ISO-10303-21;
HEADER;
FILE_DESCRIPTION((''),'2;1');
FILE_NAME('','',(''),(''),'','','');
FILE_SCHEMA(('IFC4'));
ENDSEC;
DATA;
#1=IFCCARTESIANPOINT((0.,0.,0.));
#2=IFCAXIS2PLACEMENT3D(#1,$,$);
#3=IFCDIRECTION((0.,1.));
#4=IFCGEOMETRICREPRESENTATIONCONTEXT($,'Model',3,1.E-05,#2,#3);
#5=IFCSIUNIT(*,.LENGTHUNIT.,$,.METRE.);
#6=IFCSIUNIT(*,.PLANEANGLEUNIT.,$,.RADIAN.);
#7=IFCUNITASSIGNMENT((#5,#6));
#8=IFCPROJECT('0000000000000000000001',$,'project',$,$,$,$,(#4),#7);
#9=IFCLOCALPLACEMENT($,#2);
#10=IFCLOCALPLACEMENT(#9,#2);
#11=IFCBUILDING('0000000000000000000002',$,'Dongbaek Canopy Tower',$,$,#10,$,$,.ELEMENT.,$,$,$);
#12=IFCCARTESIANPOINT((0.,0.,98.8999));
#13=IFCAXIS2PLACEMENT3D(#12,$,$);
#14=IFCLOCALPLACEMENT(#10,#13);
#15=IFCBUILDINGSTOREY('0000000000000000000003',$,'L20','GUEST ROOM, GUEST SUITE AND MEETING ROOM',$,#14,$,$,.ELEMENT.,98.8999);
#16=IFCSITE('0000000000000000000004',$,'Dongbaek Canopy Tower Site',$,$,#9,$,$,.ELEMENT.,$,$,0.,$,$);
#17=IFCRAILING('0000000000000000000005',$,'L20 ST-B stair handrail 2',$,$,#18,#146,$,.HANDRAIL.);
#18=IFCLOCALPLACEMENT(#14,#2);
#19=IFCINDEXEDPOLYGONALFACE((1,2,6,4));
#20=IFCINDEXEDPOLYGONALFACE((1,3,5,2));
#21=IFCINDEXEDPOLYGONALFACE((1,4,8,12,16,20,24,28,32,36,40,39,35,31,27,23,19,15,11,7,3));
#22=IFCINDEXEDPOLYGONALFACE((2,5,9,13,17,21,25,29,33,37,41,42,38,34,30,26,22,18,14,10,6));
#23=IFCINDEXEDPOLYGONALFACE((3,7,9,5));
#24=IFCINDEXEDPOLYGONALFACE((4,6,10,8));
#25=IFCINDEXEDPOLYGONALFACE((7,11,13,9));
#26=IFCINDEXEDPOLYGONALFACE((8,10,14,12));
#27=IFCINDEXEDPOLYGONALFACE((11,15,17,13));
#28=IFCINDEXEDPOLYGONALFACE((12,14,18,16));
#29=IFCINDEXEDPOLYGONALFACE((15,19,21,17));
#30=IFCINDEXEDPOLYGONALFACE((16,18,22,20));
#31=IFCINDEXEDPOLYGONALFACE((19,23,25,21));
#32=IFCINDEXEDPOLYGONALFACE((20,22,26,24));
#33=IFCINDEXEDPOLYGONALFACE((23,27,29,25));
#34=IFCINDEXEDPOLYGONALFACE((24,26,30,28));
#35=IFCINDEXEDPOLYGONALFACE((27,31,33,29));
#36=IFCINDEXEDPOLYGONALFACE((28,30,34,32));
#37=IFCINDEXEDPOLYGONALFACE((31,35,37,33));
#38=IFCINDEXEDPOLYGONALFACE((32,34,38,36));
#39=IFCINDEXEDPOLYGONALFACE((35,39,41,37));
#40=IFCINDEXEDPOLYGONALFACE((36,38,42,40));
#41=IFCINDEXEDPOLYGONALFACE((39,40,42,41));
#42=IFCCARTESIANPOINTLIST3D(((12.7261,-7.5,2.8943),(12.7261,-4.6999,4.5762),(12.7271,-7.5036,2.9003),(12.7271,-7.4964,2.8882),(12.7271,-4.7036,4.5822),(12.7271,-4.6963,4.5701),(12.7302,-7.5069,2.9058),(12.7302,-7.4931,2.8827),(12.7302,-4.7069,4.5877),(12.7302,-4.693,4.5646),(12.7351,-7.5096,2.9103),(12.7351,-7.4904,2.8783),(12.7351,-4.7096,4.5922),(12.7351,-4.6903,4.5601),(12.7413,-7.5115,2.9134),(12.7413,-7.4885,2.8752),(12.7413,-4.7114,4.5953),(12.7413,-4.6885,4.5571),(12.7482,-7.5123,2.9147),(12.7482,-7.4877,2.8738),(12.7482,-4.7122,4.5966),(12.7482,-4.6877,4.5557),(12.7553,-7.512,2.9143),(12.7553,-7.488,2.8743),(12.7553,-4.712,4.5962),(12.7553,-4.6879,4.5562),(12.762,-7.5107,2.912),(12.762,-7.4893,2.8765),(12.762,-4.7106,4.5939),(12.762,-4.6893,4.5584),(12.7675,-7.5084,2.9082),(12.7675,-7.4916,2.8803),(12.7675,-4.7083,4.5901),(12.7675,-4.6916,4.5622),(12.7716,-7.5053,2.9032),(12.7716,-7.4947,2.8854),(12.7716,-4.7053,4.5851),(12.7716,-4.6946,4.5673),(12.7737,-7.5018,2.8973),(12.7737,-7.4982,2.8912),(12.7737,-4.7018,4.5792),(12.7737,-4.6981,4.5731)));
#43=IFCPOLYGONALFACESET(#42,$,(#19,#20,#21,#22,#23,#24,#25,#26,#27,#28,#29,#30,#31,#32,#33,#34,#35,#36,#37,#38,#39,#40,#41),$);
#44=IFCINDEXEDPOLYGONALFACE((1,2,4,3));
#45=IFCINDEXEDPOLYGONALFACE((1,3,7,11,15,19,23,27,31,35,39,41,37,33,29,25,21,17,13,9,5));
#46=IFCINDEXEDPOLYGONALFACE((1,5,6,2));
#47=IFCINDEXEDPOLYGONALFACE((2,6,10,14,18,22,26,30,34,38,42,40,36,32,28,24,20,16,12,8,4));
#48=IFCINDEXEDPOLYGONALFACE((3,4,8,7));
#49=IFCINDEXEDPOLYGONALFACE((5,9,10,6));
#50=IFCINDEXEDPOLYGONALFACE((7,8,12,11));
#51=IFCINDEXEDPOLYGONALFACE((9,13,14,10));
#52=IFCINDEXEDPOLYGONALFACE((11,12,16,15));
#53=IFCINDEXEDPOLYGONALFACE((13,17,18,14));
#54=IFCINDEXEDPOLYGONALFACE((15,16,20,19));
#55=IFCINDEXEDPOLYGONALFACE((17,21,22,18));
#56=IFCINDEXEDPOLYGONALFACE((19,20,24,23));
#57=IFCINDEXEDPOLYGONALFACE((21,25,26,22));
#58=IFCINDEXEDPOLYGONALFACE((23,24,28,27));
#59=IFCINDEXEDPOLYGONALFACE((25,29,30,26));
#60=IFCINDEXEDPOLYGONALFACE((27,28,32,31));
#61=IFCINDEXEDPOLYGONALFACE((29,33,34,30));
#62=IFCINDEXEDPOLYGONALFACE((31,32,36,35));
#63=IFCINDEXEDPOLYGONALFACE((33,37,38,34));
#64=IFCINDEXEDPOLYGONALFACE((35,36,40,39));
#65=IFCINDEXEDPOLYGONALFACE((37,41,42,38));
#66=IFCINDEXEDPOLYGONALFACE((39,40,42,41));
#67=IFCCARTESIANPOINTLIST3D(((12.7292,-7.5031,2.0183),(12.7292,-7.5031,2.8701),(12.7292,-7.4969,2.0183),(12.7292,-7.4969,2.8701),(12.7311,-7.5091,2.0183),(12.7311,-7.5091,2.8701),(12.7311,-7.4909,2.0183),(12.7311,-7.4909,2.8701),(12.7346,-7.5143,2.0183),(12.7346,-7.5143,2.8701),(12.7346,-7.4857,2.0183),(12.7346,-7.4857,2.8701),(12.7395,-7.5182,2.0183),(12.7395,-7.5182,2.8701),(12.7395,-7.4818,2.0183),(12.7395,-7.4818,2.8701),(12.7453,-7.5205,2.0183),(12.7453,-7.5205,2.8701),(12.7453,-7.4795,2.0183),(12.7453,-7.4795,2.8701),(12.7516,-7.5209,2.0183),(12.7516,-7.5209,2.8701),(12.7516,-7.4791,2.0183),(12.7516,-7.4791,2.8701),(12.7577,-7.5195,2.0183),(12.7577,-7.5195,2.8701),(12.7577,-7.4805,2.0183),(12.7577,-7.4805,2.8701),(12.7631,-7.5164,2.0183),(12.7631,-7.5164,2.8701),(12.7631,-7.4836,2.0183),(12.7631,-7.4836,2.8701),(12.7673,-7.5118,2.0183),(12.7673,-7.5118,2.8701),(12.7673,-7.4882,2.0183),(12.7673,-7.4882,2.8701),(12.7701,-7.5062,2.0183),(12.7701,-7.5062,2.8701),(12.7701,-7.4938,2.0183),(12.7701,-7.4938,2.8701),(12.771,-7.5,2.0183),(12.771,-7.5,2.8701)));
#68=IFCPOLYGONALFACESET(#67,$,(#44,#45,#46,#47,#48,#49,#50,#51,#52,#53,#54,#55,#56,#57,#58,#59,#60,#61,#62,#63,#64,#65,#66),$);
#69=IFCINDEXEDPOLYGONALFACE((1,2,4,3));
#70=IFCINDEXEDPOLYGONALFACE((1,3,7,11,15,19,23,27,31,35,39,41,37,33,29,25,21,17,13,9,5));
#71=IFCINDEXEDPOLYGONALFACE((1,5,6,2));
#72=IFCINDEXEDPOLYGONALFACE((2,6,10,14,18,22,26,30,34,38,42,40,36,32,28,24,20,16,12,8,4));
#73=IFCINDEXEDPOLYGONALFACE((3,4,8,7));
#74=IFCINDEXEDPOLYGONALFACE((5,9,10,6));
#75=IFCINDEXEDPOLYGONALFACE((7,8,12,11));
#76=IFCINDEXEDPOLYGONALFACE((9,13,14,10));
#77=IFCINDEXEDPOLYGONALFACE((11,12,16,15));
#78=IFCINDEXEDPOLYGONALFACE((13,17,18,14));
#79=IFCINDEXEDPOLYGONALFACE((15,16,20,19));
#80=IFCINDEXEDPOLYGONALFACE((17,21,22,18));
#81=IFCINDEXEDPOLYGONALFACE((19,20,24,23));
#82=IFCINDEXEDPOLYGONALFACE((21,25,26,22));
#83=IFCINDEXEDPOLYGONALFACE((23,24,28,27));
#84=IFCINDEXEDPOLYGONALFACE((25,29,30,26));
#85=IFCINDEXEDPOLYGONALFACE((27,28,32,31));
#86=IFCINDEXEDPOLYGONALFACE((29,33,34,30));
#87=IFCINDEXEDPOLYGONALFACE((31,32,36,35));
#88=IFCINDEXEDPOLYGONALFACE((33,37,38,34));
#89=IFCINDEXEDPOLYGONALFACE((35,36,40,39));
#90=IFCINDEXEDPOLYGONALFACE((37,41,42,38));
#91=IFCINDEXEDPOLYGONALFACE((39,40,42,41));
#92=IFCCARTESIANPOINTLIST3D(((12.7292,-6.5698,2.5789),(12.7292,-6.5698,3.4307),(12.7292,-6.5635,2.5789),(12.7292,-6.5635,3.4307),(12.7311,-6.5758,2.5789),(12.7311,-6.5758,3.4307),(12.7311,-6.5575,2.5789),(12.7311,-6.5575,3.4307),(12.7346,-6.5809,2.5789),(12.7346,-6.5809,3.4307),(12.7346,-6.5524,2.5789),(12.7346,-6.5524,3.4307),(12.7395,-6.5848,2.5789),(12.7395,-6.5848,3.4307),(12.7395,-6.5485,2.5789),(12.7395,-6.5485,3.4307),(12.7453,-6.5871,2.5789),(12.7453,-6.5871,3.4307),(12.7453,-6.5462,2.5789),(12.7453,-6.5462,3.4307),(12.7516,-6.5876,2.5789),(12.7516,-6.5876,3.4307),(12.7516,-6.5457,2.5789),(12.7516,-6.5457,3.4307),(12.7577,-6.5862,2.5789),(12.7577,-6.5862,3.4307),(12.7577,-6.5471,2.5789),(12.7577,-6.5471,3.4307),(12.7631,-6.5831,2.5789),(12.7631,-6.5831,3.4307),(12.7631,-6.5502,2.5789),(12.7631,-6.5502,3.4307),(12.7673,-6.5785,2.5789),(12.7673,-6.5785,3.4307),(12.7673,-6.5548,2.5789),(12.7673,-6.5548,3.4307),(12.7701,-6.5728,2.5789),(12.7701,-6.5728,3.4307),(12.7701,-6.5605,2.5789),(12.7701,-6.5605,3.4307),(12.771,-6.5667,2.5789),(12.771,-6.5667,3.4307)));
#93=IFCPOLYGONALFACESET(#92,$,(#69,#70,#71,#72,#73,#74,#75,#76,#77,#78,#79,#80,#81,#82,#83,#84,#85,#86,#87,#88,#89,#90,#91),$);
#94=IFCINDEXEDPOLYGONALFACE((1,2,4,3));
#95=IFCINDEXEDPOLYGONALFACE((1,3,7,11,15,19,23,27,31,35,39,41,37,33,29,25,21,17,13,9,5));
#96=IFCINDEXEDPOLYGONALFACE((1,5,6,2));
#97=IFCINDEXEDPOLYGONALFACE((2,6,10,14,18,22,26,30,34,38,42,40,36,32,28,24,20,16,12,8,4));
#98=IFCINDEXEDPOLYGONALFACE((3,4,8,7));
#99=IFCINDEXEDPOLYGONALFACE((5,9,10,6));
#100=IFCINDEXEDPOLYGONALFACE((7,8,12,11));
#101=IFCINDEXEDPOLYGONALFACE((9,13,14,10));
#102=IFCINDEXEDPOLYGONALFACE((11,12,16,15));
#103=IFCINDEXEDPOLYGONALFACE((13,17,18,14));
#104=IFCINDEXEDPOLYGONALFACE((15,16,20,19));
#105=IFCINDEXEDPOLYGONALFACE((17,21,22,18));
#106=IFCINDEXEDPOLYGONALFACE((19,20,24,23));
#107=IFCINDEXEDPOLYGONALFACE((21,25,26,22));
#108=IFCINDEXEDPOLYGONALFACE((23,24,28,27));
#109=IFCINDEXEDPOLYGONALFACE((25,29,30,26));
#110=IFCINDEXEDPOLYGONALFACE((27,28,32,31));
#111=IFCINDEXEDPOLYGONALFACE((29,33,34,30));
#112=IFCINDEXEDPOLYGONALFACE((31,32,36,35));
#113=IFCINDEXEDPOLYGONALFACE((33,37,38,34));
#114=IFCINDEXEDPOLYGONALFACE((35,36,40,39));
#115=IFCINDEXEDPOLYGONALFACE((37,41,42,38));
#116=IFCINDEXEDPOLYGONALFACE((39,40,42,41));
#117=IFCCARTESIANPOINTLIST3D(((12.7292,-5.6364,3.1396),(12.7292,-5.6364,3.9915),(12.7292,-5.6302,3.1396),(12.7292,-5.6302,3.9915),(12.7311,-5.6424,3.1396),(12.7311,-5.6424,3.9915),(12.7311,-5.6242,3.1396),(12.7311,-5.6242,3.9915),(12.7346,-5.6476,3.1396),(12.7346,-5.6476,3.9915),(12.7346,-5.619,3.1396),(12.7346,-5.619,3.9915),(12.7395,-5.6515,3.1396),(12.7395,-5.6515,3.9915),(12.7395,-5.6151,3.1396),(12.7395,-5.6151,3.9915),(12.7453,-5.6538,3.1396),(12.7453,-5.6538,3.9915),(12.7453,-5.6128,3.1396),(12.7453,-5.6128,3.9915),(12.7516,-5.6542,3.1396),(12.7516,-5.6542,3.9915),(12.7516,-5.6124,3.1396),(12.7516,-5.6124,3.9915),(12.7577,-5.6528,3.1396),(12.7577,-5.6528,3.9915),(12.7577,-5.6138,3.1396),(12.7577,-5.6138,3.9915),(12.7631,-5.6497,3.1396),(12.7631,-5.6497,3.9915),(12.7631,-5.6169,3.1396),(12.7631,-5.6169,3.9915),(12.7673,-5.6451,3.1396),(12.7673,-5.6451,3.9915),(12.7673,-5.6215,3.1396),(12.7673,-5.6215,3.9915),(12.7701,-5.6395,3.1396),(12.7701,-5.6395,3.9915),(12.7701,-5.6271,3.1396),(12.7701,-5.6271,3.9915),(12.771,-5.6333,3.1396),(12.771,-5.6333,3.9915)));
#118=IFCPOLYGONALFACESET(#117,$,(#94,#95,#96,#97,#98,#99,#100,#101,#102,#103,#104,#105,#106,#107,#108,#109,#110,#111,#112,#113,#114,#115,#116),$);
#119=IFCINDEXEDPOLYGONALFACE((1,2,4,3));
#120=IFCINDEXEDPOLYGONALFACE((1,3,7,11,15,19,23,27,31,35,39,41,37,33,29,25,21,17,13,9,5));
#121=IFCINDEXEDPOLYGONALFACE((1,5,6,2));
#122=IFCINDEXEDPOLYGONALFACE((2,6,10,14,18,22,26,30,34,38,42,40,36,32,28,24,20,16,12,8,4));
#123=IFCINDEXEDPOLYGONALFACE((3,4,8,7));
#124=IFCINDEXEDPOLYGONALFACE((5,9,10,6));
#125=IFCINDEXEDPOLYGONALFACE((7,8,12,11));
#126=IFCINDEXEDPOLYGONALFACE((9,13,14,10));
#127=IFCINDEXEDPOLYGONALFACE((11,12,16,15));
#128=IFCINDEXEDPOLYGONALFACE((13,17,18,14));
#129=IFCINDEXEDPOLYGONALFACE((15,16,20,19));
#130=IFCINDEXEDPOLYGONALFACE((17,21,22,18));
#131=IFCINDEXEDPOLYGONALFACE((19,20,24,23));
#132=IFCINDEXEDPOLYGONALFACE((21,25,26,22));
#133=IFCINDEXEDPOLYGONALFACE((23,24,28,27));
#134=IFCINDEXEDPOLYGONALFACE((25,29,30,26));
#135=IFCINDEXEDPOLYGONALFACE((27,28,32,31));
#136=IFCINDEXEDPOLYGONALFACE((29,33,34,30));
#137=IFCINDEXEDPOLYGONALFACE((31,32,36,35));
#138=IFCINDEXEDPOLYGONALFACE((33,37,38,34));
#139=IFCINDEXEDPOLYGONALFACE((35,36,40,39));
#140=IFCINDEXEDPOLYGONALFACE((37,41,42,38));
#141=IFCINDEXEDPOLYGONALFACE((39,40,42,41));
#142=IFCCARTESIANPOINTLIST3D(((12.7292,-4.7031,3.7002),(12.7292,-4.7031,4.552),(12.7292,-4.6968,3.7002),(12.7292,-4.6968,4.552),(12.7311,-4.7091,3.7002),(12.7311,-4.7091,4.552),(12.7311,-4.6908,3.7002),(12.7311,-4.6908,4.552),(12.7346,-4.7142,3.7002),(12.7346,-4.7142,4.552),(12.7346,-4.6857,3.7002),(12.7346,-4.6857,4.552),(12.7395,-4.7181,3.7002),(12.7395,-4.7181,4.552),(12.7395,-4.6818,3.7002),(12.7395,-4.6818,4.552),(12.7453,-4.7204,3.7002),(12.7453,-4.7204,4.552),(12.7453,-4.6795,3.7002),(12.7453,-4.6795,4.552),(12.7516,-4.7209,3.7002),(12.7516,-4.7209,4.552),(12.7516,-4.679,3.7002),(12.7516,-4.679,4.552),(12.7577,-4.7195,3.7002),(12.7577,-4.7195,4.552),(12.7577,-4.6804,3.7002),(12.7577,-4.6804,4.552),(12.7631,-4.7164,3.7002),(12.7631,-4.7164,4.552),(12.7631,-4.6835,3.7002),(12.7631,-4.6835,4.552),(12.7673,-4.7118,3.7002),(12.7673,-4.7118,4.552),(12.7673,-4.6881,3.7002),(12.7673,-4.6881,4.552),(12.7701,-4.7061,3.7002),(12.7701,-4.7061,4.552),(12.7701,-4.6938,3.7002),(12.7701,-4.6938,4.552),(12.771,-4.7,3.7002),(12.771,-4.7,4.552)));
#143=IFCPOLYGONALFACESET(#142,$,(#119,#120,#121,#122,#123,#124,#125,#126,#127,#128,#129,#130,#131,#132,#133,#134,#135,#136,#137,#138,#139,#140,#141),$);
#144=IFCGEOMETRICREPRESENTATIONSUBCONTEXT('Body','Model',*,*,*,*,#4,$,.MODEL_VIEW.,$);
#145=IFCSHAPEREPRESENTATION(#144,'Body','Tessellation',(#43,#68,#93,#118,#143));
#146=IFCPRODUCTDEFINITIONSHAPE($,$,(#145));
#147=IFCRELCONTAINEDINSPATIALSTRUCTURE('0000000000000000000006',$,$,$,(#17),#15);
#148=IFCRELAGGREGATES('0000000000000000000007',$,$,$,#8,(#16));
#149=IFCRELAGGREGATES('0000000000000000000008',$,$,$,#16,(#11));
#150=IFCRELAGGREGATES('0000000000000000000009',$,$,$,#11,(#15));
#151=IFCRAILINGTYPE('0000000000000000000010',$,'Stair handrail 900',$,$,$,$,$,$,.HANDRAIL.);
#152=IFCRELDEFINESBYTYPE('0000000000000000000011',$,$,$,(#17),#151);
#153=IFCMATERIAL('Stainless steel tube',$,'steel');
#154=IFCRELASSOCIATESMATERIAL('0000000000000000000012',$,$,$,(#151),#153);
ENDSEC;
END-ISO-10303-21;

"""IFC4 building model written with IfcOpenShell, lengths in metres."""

from ifc_helpers import new_model, si_unit, direction, frame, origin, origin_2d, place, context, subcontext, project, spatial, circle, extrude, material, type_object, element, save


model = new_model("IFC4")

# Units and contexts
model_context = context("Model", 3, precision=1e-05, world=origin(), true_north=direction((0.0, 1.0)))
body_context = subcontext(model_context, "Body", "Model", "MODEL_VIEW")
ifc_project = project(units=[si_unit("LENGTHUNIT", "METRE"), si_unit("PLANEANGLEUNIT", "RADIAN")], contexts=[model_context])

# Site, building, storey
site_placement = place(None, origin())
site = spatial("IfcSite", under=ifc_project, at=site_placement, Name="Dongbaek Canopy Tower Site", CompositionType="ELEMENT", RefElevation=0.0)
building_placement = place(site_placement, origin())
building = spatial("IfcBuilding", under=site, at=building_placement, Name="Dongbaek Canopy Tower", CompositionType="ELEMENT")
storey_placement = place(building_placement, frame((0.0, 0.0, 98.8999)))
storey = spatial("IfcBuildingStorey", under=building, at=storey_placement, Name="L20", Description="GUEST ROOM, GUEST SUITE AND MEETING ROOM", CompositionType="ELEMENT", Elevation=98.8999)

# Railing
ifc_material_1 = material(Name="Stainless steel tube", Category="steel")
railing_type_1 = type_object("IfcRailingType", Name="Stair handrail 900", PredefinedType="HANDRAIL", material=ifc_material_1)
railing_1_placement = place(storey_placement, frame((12.75, -7.5, 2.0183)))
element("IfcRailing", 1, at=railing_1_placement, inside=storey, type_object=railing_type_1, Name="L20 ST-B stair handrail 2", PredefinedType="HANDRAIL", context=body_context, shape_type="SweptSolid", body=[
    extrude(circle(Radius=0.0239, at=origin_2d()), frame((0.0, 0.0, 0.876), z_axis=(0.0, 0.857242, 0.514913), x_axis=(-1.0, 0.0, 0.0)), (0.0, 0.0, 1.0), 3.2664),
    extrude(circle(Radius=0.021, at=origin_2d()), origin(), (0.0, 0.0, 1.0), 0.8518),
    extrude(circle(Radius=0.021, at=origin_2d()), frame((0.0, 0.9333, 0.5605)), (0.0, 0.0, 1.0), 0.8518),
    extrude(circle(Radius=0.021, at=origin_2d()), frame((0.0, 1.8667, 1.1213)), (0.0, 0.0, 1.0), 0.8518),
    extrude(circle(Radius=0.021, at=origin_2d()), frame((0.0, 2.8, 1.6819)), (0.0, 0.0, 1.0), 0.8518),
])

save(model, "model.ifc")
